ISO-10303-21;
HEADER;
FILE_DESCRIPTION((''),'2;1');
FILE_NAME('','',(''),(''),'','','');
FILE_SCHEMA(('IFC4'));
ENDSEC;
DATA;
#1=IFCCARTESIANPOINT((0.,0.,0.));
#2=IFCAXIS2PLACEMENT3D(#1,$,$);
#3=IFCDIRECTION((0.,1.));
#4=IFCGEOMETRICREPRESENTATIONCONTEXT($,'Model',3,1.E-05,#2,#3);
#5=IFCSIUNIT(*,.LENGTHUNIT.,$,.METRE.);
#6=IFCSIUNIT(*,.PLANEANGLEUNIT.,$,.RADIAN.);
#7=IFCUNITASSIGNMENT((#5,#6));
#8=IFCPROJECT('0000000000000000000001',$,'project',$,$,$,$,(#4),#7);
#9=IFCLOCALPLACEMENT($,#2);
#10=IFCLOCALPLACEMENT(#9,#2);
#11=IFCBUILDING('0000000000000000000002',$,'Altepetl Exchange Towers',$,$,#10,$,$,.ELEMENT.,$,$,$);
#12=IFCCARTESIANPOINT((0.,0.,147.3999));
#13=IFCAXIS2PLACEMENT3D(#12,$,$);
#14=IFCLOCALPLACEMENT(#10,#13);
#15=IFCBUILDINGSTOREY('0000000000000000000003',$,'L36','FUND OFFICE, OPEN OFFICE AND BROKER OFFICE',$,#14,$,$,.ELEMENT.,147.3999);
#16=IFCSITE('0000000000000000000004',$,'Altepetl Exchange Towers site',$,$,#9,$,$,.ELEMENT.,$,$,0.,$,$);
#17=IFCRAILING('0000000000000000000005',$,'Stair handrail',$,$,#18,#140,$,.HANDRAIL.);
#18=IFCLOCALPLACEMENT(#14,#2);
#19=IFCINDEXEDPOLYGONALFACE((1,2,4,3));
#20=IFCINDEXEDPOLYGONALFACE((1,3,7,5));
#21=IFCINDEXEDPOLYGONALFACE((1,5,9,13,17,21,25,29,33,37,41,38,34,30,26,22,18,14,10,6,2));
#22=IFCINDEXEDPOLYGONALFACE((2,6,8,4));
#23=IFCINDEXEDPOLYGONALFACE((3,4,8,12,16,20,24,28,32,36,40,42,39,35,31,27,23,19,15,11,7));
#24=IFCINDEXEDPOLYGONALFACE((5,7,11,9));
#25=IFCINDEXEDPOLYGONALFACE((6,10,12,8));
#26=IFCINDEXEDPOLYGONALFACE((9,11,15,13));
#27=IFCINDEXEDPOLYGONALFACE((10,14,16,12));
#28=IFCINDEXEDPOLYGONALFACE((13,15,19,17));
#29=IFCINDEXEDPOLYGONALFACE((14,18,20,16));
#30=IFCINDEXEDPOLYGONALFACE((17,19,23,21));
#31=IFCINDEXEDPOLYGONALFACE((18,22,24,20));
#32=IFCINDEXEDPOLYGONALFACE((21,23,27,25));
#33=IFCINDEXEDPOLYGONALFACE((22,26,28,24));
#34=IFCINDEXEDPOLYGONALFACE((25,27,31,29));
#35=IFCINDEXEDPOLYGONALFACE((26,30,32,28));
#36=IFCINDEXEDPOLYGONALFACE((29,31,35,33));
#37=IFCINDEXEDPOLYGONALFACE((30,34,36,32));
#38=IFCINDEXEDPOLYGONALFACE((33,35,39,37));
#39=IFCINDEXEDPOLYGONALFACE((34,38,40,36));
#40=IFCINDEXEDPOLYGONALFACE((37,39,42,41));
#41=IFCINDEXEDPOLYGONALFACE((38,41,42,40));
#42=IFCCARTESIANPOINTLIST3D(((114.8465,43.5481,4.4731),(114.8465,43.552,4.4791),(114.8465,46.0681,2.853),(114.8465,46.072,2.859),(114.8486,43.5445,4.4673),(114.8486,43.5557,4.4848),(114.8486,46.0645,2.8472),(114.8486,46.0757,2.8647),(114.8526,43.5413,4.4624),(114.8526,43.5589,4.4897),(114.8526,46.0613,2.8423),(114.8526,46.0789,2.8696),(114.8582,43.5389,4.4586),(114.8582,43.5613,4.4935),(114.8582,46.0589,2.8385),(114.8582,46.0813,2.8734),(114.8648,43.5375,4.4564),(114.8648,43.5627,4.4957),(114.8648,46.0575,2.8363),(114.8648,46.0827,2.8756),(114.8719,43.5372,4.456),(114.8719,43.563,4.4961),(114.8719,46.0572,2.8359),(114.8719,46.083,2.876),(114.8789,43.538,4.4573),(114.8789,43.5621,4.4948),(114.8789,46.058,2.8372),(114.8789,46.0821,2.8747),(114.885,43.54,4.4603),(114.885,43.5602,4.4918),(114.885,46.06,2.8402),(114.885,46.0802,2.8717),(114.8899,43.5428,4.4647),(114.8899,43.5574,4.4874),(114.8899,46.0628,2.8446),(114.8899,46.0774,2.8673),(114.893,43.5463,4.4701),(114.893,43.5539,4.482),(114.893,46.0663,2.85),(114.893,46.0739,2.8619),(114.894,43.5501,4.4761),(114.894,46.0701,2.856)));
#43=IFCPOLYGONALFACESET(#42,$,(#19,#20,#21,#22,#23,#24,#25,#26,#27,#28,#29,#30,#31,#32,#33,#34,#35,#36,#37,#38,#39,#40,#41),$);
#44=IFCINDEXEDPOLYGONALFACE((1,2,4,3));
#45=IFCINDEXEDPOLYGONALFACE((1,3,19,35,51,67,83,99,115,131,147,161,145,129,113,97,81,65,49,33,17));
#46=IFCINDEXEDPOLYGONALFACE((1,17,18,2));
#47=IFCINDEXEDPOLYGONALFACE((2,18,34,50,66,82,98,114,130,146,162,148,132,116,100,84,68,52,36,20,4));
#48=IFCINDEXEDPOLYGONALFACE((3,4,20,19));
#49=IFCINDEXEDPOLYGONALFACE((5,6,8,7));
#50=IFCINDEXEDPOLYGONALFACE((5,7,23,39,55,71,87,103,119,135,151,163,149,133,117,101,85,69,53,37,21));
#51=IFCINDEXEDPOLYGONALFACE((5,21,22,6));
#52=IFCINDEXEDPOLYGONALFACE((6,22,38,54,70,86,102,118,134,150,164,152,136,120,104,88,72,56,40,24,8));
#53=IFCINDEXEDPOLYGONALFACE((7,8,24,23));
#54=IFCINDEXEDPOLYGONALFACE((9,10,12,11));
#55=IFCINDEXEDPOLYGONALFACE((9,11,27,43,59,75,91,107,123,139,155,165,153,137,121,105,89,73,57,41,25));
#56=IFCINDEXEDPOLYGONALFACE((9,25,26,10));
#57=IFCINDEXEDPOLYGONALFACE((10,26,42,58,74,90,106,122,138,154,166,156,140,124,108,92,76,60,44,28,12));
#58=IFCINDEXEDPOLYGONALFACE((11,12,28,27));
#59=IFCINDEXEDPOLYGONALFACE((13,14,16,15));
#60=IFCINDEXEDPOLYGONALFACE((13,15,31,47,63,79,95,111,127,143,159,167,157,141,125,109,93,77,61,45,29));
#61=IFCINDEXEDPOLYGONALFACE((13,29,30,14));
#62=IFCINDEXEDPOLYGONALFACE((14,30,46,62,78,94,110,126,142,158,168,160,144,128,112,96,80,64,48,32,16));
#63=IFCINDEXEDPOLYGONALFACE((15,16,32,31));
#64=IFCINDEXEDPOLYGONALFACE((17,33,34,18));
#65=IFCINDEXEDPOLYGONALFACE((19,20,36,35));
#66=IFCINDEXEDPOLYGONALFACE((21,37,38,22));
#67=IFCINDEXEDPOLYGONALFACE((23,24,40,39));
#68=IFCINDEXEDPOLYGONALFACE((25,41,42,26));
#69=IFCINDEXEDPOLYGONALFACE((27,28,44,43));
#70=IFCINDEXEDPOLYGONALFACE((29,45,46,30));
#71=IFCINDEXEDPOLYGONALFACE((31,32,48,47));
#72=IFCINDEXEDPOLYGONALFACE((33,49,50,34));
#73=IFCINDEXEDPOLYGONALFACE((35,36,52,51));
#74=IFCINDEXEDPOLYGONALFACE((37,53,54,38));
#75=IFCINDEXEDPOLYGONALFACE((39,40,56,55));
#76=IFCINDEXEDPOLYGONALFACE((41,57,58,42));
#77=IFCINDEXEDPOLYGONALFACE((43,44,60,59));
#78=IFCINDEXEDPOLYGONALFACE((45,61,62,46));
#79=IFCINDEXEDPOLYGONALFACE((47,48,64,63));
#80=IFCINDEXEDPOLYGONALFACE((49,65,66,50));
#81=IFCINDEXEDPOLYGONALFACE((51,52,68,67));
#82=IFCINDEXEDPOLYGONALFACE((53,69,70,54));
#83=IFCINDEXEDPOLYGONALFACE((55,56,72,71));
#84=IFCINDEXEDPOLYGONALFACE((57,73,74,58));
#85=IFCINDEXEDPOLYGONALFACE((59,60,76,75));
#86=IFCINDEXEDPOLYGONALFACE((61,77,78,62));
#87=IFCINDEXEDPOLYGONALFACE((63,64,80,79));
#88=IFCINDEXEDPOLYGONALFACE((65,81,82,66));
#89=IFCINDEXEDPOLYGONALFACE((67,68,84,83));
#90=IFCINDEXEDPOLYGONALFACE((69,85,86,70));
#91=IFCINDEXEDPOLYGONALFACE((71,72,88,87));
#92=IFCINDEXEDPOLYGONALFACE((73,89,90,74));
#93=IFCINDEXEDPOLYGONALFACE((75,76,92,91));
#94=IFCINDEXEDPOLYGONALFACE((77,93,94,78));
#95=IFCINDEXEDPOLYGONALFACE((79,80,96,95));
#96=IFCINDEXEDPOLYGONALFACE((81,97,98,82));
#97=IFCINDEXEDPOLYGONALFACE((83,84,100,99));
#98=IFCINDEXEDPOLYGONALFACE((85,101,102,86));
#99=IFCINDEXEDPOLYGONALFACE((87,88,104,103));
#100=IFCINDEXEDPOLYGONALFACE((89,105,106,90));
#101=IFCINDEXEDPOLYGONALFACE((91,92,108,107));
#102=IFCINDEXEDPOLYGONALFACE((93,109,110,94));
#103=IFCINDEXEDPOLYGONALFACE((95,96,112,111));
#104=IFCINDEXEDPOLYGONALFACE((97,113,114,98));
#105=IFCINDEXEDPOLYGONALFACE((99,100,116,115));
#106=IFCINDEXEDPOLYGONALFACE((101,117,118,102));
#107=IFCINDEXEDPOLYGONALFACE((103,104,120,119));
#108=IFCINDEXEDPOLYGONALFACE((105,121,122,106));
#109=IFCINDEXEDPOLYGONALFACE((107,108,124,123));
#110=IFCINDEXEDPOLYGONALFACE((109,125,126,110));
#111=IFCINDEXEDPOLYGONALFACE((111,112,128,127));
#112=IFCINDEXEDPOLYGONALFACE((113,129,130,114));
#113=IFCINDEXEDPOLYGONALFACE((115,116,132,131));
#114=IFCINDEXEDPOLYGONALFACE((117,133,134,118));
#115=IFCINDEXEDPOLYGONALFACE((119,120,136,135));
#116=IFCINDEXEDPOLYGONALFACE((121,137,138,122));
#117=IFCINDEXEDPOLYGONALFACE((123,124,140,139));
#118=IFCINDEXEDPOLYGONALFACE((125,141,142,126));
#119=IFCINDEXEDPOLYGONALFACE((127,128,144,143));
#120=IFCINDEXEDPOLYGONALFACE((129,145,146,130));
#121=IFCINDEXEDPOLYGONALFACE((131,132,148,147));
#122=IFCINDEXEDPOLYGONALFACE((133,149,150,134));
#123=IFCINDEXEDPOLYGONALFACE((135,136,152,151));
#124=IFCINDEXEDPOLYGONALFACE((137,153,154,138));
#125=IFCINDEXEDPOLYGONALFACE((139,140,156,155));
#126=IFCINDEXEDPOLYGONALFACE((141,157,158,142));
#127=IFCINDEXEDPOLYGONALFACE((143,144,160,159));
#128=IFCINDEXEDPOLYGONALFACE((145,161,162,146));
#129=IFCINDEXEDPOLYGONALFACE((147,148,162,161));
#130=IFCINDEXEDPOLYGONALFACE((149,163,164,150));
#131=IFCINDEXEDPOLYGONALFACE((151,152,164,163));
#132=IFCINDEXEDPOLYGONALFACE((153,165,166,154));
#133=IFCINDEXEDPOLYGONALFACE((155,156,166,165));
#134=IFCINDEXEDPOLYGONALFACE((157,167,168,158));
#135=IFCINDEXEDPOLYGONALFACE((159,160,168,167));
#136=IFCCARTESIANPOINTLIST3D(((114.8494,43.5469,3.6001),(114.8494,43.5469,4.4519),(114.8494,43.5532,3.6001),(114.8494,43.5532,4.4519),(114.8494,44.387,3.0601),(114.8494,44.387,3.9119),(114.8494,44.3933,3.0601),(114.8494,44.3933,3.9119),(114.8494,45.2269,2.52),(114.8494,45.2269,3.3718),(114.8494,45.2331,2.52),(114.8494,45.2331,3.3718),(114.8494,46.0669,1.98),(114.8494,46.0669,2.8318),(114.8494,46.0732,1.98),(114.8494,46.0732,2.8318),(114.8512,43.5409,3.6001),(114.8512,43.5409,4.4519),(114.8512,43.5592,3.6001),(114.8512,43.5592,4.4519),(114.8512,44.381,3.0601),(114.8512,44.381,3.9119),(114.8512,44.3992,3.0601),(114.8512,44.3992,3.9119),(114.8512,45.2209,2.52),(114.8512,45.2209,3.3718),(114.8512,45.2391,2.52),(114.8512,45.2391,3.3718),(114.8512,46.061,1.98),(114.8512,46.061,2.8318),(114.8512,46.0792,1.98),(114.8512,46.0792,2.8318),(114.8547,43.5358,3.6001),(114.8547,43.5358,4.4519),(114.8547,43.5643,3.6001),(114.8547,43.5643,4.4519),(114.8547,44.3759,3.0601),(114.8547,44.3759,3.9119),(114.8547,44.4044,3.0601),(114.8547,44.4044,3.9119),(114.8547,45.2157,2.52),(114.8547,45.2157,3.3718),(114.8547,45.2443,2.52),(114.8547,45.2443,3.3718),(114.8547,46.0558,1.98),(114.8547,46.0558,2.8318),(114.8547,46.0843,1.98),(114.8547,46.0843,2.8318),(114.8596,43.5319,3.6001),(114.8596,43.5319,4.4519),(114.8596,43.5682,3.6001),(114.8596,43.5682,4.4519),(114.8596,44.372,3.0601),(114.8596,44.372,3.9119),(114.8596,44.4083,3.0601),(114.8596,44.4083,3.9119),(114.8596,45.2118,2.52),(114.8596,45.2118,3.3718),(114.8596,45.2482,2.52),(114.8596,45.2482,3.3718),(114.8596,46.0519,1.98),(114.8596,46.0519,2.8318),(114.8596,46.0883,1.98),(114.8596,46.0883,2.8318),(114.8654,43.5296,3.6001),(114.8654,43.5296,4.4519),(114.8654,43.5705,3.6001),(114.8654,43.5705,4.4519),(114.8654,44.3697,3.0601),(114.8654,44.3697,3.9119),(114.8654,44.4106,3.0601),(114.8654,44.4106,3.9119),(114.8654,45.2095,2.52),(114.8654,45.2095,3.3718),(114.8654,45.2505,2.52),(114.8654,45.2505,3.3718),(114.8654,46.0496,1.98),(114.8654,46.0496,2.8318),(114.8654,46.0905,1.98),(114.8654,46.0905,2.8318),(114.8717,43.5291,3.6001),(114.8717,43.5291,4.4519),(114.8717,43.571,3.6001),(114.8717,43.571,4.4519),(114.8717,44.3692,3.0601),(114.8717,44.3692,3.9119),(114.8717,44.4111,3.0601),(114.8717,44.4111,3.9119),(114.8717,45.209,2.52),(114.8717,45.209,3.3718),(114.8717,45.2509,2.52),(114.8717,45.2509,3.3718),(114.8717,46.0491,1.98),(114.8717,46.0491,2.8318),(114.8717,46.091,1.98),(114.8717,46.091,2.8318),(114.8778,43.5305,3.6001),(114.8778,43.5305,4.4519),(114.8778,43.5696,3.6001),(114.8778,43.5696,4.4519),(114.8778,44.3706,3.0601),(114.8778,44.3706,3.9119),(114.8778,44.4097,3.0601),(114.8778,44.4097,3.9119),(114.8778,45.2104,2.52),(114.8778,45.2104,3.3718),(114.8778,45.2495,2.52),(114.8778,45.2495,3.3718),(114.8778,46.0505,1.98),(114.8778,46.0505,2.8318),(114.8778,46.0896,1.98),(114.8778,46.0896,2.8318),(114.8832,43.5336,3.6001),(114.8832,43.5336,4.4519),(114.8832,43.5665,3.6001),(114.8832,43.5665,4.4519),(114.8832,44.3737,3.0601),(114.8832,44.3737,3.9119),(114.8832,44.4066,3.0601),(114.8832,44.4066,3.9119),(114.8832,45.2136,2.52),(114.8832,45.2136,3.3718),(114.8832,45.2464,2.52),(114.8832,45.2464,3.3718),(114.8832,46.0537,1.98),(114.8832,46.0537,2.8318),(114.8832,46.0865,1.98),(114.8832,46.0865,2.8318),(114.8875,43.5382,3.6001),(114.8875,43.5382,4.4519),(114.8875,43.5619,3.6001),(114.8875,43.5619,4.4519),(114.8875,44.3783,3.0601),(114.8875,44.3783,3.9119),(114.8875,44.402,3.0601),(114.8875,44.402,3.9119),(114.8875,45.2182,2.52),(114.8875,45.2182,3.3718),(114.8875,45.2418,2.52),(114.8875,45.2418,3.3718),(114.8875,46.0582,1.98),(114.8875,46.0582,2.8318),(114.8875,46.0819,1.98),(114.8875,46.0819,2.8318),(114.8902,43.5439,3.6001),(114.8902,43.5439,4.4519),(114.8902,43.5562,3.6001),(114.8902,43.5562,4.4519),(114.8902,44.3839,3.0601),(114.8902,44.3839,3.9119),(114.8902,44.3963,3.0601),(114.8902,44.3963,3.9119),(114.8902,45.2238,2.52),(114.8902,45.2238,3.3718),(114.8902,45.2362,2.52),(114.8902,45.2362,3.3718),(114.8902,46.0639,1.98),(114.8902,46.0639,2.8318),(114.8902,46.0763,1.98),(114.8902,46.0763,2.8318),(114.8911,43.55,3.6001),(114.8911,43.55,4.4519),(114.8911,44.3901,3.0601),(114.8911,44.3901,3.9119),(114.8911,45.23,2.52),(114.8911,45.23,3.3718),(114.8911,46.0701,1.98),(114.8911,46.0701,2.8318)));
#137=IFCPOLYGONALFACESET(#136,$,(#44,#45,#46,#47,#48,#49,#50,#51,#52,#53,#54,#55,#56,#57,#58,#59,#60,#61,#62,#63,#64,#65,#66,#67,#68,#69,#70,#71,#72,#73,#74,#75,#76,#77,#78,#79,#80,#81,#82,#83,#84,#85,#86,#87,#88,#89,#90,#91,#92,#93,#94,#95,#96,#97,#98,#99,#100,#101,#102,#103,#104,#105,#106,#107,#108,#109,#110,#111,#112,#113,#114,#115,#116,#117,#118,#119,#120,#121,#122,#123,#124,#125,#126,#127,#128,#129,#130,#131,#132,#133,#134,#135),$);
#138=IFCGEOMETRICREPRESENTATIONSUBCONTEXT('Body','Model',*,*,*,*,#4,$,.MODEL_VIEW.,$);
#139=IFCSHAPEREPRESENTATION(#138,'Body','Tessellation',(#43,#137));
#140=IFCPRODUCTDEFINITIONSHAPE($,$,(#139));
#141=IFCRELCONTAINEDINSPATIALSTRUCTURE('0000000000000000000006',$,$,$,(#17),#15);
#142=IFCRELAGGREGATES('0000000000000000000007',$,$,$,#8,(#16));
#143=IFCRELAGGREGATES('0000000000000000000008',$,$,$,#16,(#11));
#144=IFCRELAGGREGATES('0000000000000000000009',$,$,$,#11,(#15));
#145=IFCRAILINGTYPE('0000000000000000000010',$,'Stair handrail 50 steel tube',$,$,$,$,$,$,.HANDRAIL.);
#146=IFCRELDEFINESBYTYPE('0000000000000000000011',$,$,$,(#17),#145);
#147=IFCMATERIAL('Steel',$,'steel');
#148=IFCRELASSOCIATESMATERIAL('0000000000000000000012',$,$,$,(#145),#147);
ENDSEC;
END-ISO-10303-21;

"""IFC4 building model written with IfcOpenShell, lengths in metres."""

from ifc_helpers import new_model, si_unit, direction, frame, origin, origin_2d, place, context, subcontext, project, spatial, circle, extrude, source, transform, mapped, material, type_object, element, save


model = new_model("IFC4")

# Units and contexts
model_context = context("Model", 3, precision=1e-05, world=origin(), true_north=direction((0.0, 1.0)))
body_context = subcontext(model_context, "Body", "Model", "MODEL_VIEW")
ifc_project = project(units=[si_unit("LENGTHUNIT", "METRE"), si_unit("PLANEANGLEUNIT", "RADIAN")], contexts=[model_context])

# Site, building, storey
site_placement = place(None, origin())
site = spatial("IfcSite", under=ifc_project, at=site_placement, Name="Altepetl Exchange Towers site", CompositionType="ELEMENT", RefElevation=0.0)
building_placement = place(site_placement, origin())
building = spatial("IfcBuilding", under=site, at=building_placement, Name="Altepetl Exchange Towers", CompositionType="ELEMENT")
storey_placement = place(building_placement, frame((0.0, 0.0, 147.3999)))
storey = spatial("IfcBuildingStorey", under=building, at=storey_placement, Name="L36", Description="FUND OFFICE, OPEN OFFICE AND BROKER OFFICE", CompositionType="ELEMENT", Elevation=147.3999)

# Railing
ifc_material_1 = material(Name="Steel", Category="steel")
railing_type = type_object("IfcRailingType", Name="Stair handrail 50 steel tube", PredefinedType="HANDRAIL", material=ifc_material_1)
shared_shape = source(origin(), body_context, "Body", "SweptSolid", [
    extrude(circle(Radius=0.021, at=origin_2d()), origin(), (0.0, 0.0, 1.0), 0.8518),
])
railing_1_placement = place(storey_placement, frame((114.8701, 46.0701, 1.98)))
element("IfcRailing", 1, at=railing_1_placement, inside=storey, type_object=railing_type, Name="Stair handrail", PredefinedType="HANDRAIL", context=body_context, shape_type="SweptSolid", body=[
    extrude(circle(Radius=0.0239, at=origin_2d()), frame((0.0, 0.0, 0.876), z_axis=(0.0, -0.841163, 0.540782), x_axis=(1.0, 0.0, 0.0)), (0.0, 0.0, 1.0), 2.9958),
    mapped(shared_shape, transform((0.0, 0.0, 0.0))),
    mapped(shared_shape, transform((0.0, -0.8401, 0.54))),
    mapped(shared_shape, transform((0.0, -1.6799, 1.0801))),
    mapped(shared_shape, transform((0.0, -2.52, 1.6201))),
])

save(model, "model.ifc")
